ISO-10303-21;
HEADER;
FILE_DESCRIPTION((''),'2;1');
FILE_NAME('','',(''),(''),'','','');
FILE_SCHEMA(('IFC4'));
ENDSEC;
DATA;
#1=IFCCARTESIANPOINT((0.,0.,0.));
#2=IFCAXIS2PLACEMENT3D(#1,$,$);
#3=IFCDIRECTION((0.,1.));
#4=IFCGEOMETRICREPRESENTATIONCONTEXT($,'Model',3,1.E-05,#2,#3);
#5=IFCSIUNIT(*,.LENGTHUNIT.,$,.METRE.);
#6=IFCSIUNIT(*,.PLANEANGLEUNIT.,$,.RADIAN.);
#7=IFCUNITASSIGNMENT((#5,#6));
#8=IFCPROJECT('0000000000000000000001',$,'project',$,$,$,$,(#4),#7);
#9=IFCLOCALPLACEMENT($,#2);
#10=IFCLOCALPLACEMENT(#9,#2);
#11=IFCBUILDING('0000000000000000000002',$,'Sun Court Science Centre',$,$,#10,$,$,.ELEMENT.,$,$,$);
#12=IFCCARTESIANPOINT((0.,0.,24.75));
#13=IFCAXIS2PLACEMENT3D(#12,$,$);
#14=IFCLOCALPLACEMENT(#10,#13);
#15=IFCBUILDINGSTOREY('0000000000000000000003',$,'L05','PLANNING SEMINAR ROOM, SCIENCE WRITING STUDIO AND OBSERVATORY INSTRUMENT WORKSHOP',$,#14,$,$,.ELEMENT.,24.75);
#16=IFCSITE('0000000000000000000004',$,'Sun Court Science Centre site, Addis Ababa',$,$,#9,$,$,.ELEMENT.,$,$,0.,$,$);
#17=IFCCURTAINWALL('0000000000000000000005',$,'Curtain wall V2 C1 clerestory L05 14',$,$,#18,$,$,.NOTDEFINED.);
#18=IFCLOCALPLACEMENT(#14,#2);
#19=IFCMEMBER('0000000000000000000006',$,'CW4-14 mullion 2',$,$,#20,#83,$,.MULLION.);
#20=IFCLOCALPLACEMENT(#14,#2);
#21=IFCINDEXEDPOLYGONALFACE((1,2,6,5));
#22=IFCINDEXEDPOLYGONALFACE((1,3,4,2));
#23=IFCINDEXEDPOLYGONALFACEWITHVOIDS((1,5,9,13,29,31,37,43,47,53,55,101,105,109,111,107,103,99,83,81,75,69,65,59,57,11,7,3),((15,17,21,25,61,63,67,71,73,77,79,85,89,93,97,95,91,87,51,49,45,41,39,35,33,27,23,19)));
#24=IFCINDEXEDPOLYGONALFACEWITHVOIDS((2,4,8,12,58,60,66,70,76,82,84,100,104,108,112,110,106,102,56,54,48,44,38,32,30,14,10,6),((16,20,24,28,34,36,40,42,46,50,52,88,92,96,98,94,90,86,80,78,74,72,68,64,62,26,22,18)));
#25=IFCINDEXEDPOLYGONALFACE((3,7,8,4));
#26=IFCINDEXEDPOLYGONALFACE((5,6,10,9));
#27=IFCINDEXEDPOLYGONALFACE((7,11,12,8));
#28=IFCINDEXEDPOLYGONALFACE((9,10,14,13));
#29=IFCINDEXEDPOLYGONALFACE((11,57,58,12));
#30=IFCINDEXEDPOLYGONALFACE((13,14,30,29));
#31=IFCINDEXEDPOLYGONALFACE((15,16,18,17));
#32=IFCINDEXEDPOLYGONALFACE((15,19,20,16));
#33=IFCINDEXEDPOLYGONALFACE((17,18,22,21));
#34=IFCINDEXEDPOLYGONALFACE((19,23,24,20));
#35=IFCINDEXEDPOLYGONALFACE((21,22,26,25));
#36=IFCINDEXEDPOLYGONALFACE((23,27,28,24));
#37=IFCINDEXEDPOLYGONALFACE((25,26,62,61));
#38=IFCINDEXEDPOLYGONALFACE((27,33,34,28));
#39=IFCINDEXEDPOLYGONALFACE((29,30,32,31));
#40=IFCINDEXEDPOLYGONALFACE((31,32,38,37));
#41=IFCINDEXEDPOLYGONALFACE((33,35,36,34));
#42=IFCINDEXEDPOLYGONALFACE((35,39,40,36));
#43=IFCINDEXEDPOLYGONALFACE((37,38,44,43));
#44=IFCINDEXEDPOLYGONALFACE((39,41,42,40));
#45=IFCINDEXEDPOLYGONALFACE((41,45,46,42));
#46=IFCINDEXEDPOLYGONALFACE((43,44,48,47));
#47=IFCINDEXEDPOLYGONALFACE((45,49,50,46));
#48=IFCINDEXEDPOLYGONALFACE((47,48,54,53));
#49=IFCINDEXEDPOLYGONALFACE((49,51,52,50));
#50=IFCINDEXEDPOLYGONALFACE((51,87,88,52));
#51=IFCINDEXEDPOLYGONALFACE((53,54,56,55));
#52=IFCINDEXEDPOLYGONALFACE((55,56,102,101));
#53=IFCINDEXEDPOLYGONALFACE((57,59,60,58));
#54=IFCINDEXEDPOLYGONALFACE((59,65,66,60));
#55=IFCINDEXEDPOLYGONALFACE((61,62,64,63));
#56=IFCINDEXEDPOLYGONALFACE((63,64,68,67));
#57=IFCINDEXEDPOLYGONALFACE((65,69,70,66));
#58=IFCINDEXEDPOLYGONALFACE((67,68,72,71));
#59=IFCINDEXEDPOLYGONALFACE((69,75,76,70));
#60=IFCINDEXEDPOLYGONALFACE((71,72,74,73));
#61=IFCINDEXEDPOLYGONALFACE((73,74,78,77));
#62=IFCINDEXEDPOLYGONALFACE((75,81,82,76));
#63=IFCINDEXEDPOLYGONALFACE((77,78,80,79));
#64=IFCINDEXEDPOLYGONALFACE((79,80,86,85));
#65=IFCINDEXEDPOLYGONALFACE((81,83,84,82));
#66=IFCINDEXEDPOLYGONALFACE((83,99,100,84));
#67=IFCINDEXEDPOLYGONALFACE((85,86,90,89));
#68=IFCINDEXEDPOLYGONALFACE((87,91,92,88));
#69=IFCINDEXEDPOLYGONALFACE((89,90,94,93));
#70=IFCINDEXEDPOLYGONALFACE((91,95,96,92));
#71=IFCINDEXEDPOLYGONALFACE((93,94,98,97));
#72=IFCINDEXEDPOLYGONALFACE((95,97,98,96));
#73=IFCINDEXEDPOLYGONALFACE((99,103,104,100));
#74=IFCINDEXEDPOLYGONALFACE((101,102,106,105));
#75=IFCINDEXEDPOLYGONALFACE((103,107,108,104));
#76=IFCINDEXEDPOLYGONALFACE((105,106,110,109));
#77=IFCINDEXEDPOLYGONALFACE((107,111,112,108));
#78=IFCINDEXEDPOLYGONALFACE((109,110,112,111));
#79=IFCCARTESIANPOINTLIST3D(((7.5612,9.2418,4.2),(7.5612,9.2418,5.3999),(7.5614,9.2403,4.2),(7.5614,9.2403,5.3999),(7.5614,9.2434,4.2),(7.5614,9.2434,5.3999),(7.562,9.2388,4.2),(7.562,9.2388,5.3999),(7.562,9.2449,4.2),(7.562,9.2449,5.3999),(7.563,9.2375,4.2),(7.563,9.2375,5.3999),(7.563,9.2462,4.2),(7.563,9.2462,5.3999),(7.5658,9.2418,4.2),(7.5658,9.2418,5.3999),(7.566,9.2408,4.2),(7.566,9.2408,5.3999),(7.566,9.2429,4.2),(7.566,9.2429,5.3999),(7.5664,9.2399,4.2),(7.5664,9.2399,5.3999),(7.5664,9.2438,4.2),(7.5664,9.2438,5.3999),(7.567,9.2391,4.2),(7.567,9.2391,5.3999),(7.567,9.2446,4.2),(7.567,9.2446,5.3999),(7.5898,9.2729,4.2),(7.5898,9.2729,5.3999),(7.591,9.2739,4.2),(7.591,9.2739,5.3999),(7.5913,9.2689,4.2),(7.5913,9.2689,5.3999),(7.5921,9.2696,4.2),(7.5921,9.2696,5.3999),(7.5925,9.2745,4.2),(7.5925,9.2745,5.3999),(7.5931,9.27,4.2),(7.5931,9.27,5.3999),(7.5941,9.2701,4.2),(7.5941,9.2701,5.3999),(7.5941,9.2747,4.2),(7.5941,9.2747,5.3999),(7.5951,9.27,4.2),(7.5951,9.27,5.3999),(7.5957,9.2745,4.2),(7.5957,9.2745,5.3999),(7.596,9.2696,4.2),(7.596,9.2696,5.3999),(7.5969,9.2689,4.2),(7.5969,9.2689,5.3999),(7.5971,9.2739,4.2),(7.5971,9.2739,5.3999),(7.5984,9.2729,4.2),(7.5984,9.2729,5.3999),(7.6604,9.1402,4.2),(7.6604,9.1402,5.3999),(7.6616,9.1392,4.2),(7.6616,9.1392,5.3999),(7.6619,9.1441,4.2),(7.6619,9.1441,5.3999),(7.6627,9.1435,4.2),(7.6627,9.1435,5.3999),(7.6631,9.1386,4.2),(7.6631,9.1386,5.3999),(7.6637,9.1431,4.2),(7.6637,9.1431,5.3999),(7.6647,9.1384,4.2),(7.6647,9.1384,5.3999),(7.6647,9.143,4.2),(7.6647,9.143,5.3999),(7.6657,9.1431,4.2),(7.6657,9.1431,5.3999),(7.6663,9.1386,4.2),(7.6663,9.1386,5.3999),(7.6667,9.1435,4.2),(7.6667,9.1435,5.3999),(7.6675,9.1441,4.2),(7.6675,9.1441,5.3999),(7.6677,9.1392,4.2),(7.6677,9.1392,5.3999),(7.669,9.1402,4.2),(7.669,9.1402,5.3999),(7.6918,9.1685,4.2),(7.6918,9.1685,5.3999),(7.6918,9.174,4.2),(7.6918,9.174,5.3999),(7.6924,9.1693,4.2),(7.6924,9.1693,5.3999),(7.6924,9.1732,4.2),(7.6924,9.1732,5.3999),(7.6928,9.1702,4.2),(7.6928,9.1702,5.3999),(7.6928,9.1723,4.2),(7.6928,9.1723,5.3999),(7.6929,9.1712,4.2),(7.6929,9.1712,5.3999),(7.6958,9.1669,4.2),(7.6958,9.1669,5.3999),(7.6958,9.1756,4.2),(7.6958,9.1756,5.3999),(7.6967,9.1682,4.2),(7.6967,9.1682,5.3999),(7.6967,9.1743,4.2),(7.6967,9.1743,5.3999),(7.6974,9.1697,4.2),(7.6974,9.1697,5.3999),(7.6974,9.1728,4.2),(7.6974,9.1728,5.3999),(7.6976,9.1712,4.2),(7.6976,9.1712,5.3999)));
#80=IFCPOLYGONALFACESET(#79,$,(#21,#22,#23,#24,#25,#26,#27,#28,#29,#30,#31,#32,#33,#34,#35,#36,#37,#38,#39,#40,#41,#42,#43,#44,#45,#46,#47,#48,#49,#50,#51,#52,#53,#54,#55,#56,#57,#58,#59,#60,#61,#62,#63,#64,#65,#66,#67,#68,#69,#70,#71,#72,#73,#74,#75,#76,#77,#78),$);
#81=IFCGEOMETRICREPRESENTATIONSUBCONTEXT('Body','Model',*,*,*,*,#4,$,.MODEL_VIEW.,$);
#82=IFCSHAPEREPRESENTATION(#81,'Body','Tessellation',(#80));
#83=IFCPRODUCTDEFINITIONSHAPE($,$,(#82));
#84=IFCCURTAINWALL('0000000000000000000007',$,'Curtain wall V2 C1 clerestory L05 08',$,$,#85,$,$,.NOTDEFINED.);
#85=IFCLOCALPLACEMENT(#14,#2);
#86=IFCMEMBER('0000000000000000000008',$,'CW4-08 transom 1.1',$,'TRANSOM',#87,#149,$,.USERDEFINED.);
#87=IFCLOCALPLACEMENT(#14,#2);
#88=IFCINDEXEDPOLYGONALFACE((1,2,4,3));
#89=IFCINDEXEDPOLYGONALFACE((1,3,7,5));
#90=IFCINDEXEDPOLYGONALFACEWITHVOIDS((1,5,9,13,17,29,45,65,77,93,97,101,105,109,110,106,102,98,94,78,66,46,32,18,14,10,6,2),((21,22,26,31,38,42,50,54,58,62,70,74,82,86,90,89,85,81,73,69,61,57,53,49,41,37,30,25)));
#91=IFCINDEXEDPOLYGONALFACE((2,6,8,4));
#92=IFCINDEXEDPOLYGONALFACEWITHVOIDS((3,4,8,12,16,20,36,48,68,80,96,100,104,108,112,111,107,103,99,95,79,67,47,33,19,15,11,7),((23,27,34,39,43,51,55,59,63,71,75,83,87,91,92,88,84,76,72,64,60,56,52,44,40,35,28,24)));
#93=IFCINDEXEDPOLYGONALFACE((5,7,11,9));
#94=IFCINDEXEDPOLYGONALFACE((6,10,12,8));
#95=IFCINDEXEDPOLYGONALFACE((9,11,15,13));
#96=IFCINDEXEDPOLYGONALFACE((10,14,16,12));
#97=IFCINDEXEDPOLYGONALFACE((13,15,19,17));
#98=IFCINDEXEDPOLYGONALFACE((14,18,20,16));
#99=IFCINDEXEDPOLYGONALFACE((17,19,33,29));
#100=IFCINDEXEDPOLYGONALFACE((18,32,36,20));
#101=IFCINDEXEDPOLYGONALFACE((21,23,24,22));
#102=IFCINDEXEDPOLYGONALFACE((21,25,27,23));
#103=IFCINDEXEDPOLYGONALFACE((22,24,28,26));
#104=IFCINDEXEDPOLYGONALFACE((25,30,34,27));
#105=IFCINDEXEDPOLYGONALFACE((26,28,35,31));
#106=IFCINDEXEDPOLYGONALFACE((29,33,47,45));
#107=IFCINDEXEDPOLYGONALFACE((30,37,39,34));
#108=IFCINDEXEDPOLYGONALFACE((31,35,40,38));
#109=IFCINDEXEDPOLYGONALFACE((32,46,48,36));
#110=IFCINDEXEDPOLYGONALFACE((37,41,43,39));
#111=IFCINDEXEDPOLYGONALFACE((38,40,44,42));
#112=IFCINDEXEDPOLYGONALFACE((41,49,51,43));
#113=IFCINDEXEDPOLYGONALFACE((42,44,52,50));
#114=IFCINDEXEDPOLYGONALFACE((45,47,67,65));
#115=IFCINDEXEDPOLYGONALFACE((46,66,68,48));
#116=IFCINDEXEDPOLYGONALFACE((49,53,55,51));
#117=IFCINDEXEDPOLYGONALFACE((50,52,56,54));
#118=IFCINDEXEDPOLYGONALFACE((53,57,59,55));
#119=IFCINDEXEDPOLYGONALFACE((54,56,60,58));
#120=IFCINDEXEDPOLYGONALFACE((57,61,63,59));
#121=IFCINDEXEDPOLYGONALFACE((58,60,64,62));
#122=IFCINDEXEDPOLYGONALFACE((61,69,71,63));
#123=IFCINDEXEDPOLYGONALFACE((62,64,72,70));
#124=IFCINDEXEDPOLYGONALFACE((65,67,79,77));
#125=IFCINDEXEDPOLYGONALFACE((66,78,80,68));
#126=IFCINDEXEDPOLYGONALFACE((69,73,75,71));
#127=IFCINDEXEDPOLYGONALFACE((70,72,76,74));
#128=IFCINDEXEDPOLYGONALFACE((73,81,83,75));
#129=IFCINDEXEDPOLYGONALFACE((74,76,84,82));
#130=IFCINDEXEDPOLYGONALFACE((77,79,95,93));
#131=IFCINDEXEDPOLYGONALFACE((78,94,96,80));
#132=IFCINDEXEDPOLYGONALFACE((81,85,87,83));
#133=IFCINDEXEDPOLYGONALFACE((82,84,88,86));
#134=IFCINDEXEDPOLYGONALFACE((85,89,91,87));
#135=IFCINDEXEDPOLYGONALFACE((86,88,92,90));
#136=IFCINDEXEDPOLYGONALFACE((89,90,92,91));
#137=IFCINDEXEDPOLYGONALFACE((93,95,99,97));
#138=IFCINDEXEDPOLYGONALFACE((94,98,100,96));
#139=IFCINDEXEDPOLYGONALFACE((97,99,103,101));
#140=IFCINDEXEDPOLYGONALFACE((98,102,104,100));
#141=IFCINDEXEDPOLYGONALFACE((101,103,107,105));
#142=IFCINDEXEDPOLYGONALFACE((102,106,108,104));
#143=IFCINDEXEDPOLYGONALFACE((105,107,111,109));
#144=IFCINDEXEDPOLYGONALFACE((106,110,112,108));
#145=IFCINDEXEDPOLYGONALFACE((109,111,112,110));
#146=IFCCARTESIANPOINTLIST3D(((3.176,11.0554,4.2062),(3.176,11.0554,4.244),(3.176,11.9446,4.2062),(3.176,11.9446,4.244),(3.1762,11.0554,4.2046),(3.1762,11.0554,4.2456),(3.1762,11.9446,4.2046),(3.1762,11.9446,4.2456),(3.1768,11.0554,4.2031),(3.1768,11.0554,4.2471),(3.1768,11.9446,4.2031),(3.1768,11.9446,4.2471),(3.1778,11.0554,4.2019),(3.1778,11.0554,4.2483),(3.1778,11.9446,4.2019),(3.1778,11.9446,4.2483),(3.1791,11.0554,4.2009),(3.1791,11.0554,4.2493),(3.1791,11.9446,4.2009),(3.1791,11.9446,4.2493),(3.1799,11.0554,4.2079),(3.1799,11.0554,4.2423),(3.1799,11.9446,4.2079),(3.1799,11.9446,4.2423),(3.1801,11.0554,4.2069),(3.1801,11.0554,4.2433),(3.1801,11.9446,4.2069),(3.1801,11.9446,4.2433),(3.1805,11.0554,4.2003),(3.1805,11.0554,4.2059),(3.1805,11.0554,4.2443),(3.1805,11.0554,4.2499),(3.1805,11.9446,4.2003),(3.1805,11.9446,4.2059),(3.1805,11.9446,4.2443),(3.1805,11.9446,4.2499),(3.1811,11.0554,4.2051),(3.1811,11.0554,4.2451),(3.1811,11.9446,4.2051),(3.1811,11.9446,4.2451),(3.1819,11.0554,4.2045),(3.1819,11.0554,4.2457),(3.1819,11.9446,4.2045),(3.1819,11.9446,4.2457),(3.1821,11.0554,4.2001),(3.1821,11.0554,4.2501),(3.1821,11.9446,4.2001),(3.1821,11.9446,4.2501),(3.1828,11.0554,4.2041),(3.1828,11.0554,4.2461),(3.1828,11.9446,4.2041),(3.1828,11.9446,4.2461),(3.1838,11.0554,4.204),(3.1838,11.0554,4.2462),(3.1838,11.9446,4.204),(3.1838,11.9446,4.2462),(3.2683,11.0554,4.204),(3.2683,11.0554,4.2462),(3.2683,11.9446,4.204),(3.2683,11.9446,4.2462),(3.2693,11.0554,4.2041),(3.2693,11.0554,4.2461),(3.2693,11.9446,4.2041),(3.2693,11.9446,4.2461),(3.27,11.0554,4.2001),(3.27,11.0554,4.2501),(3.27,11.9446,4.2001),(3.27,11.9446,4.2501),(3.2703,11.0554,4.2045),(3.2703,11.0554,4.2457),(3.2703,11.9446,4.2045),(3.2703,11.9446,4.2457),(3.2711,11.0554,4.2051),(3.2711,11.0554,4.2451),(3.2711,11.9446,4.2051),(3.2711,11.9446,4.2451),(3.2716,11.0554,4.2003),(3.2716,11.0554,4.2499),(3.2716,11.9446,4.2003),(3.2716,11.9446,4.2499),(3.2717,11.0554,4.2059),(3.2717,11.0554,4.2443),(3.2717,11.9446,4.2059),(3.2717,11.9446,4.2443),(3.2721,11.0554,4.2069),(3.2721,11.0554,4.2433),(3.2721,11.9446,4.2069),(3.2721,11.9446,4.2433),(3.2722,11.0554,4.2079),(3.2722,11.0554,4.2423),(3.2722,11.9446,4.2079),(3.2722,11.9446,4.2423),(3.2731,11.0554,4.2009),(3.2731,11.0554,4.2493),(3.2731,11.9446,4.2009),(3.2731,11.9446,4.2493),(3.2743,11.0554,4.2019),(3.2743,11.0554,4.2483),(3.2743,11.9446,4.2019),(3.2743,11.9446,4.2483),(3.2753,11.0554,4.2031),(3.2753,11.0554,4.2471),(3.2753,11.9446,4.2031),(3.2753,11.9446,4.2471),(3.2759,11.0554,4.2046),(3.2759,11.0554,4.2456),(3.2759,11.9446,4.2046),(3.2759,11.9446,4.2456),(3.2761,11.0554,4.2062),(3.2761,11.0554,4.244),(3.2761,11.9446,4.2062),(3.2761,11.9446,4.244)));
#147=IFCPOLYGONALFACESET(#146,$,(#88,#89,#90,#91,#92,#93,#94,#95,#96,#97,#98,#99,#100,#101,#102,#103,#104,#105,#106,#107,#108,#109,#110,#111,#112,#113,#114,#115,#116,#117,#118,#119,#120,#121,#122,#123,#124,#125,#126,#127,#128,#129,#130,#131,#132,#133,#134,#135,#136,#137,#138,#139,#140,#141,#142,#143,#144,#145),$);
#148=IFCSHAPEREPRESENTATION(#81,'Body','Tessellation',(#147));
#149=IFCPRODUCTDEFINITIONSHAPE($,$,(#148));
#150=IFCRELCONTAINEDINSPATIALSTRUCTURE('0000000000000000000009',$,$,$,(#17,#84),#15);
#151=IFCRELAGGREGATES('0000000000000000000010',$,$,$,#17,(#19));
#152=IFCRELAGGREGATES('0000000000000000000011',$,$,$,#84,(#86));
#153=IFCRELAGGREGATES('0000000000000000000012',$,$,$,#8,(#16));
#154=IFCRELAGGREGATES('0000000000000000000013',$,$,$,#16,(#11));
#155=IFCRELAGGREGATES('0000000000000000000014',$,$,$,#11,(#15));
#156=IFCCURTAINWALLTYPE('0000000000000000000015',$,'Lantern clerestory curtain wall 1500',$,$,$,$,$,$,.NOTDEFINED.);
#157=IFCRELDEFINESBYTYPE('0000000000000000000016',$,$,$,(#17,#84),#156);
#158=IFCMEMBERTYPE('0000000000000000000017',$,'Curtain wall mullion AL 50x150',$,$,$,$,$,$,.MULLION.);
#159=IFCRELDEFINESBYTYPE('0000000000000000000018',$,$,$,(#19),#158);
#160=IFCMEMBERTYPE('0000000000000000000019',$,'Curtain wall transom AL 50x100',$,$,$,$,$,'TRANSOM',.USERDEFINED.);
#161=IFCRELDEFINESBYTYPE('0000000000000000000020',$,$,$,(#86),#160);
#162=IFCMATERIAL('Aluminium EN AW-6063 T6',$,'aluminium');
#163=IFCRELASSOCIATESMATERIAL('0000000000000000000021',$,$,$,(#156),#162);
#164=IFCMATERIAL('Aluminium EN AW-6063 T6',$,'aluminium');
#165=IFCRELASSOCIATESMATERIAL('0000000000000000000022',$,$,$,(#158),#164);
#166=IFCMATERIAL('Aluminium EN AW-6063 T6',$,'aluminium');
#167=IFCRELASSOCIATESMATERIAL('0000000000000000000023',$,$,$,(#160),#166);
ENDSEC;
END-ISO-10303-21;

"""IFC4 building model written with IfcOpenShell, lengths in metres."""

from ifc_helpers import new_model, si_unit, direction, frame, origin, origin_2d, place, context, subcontext, project, spatial, hollow_rectangle, extrude, material, material_profile, profile_set, type_object, element, aggregate, save


model = new_model("IFC4")

# Units and contexts
model_context = context("Model", 3, precision=1e-05, world=origin(), true_north=direction((0.0, 1.0)))
body_context = subcontext(model_context, "Body", "Model", "MODEL_VIEW")
ifc_project = project(units=[si_unit("LENGTHUNIT", "METRE"), si_unit("PLANEANGLEUNIT", "RADIAN")], contexts=[model_context])

# Site, building, storey
site_placement = place(None, origin())
site = spatial("IfcSite", under=ifc_project, at=site_placement, Name="Sun Court Science Centre site, Addis Ababa", CompositionType="ELEMENT", RefElevation=0.0)
building_placement = place(site_placement, origin())
building = spatial("IfcBuilding", under=site, at=building_placement, Name="Sun Court Science Centre", CompositionType="ELEMENT")
storey_placement = place(building_placement, frame((0.0, 0.0, 24.75)))
storey = spatial("IfcBuildingStorey", under=building, at=storey_placement, Name="L05", Description="PLANNING SEMINAR ROOM, SCIENCE WRITING STUDIO AND OBSERVATORY INSTRUMENT WORKSHOP", CompositionType="ELEMENT", Elevation=24.75)

# Shared definitions
ifc_material_1 = material(Name="Aluminium EN AW-6063 T6", Category="aluminium")
curtain_wall_type = type_object("IfcCurtainWallType", Name="Lantern clerestory curtain wall 1500", PredefinedType="NOTDEFINED", material=ifc_material_1)
ifc_material_2 = material(Name="Aluminium EN AW-6063 T6", Category="aluminium")
ifc_material_profile_1 = material_profile(ifc_material_2, hollow_rectangle(XDim=0.05, YDim=0.1499, WallThickness=0.0039, InnerFilletRadius=0.0039, OuterFilletRadius=0.0061, at=origin_2d()), Name="AL 50x150x4")
ifc_profile_set_1 = profile_set([ifc_material_profile_1], Name="Aluminium EN AW-6063 T6")
member_type_1 = type_object("IfcMemberType", Name="Curtain wall mullion AL 50x150", PredefinedType="MULLION", material=ifc_profile_set_1)

# Curtain wall, member
curtain_wall_1_placement = place(storey_placement, origin())
curtain_wall_1 = element("IfcCurtainWall", 1, at=curtain_wall_1_placement, inside=storey, type_object=curtain_wall_type, Name="Curtain wall V2 C1 clerestory L05 14", PredefinedType="NOTDEFINED")
member_1_placement = place(storey_placement, frame((7.6294, 9.2065, 4.2), z_axis=(0.0, 0.0, 1.0), x_axis=(-0.707107, -0.707107, 0.0)))
member_1 = element("IfcMember", 2, at=member_1_placement, type_object=member_type_1, Name="CW4-14 mullion 2", PredefinedType="MULLION", context=body_context, shape_type="SweptSolid", body=[
    extrude(hollow_rectangle(XDim=0.05, YDim=0.1499, WallThickness=0.0039, InnerFilletRadius=0.0039, OuterFilletRadius=0.0061, at=origin_2d()), origin(), (0.0, 0.0, 1.0), 1.2),
])
aggregate(curtain_wall_1, [member_1])

# Curtain wall, member
curtain_wall_2_placement = place(storey_placement, origin())
curtain_wall_2 = element("IfcCurtainWall", 3, at=curtain_wall_2_placement, inside=storey, type_object=curtain_wall_type, Name="Curtain wall V2 C1 clerestory L05 08", PredefinedType="NOTDEFINED")
ifc_material_3 = material(Name="Aluminium EN AW-6063 T6", Category="aluminium")
ifc_material_profile_2 = material_profile(ifc_material_3, hollow_rectangle(XDim=0.05, YDim=0.1001, WallThickness=0.0039, InnerFilletRadius=0.0039, OuterFilletRadius=0.0061, at=origin_2d()), Name="AL 50x100x4")
ifc_profile_set_2 = profile_set([ifc_material_profile_2], Name="Aluminium EN AW-6063 T6")
member_type_2 = type_object("IfcMemberType", Name="Curtain wall transom AL 50x100", ElementType="TRANSOM", PredefinedType="USERDEFINED", material=ifc_profile_set_2)
member_2_placement = place(storey_placement, frame((3.2261, 11.0554, 4.2251), z_axis=(0.0, 1.0, 0.0), x_axis=(0.0, 0.0, 1.0)))
member_2 = element("IfcMember", 4, at=member_2_placement, type_object=member_type_2, Name="CW4-08 transom 1.1", ObjectType="TRANSOM", PredefinedType="USERDEFINED", context=body_context, shape_type="SweptSolid", body=[
    extrude(hollow_rectangle(XDim=0.05, YDim=0.1001, WallThickness=0.0039, InnerFilletRadius=0.0039, OuterFilletRadius=0.0061, at=origin_2d()), origin(), (0.0, 0.0, 1.0), 0.8892),
])
aggregate(curtain_wall_2, [member_2])

save(model, "model.ifc")
